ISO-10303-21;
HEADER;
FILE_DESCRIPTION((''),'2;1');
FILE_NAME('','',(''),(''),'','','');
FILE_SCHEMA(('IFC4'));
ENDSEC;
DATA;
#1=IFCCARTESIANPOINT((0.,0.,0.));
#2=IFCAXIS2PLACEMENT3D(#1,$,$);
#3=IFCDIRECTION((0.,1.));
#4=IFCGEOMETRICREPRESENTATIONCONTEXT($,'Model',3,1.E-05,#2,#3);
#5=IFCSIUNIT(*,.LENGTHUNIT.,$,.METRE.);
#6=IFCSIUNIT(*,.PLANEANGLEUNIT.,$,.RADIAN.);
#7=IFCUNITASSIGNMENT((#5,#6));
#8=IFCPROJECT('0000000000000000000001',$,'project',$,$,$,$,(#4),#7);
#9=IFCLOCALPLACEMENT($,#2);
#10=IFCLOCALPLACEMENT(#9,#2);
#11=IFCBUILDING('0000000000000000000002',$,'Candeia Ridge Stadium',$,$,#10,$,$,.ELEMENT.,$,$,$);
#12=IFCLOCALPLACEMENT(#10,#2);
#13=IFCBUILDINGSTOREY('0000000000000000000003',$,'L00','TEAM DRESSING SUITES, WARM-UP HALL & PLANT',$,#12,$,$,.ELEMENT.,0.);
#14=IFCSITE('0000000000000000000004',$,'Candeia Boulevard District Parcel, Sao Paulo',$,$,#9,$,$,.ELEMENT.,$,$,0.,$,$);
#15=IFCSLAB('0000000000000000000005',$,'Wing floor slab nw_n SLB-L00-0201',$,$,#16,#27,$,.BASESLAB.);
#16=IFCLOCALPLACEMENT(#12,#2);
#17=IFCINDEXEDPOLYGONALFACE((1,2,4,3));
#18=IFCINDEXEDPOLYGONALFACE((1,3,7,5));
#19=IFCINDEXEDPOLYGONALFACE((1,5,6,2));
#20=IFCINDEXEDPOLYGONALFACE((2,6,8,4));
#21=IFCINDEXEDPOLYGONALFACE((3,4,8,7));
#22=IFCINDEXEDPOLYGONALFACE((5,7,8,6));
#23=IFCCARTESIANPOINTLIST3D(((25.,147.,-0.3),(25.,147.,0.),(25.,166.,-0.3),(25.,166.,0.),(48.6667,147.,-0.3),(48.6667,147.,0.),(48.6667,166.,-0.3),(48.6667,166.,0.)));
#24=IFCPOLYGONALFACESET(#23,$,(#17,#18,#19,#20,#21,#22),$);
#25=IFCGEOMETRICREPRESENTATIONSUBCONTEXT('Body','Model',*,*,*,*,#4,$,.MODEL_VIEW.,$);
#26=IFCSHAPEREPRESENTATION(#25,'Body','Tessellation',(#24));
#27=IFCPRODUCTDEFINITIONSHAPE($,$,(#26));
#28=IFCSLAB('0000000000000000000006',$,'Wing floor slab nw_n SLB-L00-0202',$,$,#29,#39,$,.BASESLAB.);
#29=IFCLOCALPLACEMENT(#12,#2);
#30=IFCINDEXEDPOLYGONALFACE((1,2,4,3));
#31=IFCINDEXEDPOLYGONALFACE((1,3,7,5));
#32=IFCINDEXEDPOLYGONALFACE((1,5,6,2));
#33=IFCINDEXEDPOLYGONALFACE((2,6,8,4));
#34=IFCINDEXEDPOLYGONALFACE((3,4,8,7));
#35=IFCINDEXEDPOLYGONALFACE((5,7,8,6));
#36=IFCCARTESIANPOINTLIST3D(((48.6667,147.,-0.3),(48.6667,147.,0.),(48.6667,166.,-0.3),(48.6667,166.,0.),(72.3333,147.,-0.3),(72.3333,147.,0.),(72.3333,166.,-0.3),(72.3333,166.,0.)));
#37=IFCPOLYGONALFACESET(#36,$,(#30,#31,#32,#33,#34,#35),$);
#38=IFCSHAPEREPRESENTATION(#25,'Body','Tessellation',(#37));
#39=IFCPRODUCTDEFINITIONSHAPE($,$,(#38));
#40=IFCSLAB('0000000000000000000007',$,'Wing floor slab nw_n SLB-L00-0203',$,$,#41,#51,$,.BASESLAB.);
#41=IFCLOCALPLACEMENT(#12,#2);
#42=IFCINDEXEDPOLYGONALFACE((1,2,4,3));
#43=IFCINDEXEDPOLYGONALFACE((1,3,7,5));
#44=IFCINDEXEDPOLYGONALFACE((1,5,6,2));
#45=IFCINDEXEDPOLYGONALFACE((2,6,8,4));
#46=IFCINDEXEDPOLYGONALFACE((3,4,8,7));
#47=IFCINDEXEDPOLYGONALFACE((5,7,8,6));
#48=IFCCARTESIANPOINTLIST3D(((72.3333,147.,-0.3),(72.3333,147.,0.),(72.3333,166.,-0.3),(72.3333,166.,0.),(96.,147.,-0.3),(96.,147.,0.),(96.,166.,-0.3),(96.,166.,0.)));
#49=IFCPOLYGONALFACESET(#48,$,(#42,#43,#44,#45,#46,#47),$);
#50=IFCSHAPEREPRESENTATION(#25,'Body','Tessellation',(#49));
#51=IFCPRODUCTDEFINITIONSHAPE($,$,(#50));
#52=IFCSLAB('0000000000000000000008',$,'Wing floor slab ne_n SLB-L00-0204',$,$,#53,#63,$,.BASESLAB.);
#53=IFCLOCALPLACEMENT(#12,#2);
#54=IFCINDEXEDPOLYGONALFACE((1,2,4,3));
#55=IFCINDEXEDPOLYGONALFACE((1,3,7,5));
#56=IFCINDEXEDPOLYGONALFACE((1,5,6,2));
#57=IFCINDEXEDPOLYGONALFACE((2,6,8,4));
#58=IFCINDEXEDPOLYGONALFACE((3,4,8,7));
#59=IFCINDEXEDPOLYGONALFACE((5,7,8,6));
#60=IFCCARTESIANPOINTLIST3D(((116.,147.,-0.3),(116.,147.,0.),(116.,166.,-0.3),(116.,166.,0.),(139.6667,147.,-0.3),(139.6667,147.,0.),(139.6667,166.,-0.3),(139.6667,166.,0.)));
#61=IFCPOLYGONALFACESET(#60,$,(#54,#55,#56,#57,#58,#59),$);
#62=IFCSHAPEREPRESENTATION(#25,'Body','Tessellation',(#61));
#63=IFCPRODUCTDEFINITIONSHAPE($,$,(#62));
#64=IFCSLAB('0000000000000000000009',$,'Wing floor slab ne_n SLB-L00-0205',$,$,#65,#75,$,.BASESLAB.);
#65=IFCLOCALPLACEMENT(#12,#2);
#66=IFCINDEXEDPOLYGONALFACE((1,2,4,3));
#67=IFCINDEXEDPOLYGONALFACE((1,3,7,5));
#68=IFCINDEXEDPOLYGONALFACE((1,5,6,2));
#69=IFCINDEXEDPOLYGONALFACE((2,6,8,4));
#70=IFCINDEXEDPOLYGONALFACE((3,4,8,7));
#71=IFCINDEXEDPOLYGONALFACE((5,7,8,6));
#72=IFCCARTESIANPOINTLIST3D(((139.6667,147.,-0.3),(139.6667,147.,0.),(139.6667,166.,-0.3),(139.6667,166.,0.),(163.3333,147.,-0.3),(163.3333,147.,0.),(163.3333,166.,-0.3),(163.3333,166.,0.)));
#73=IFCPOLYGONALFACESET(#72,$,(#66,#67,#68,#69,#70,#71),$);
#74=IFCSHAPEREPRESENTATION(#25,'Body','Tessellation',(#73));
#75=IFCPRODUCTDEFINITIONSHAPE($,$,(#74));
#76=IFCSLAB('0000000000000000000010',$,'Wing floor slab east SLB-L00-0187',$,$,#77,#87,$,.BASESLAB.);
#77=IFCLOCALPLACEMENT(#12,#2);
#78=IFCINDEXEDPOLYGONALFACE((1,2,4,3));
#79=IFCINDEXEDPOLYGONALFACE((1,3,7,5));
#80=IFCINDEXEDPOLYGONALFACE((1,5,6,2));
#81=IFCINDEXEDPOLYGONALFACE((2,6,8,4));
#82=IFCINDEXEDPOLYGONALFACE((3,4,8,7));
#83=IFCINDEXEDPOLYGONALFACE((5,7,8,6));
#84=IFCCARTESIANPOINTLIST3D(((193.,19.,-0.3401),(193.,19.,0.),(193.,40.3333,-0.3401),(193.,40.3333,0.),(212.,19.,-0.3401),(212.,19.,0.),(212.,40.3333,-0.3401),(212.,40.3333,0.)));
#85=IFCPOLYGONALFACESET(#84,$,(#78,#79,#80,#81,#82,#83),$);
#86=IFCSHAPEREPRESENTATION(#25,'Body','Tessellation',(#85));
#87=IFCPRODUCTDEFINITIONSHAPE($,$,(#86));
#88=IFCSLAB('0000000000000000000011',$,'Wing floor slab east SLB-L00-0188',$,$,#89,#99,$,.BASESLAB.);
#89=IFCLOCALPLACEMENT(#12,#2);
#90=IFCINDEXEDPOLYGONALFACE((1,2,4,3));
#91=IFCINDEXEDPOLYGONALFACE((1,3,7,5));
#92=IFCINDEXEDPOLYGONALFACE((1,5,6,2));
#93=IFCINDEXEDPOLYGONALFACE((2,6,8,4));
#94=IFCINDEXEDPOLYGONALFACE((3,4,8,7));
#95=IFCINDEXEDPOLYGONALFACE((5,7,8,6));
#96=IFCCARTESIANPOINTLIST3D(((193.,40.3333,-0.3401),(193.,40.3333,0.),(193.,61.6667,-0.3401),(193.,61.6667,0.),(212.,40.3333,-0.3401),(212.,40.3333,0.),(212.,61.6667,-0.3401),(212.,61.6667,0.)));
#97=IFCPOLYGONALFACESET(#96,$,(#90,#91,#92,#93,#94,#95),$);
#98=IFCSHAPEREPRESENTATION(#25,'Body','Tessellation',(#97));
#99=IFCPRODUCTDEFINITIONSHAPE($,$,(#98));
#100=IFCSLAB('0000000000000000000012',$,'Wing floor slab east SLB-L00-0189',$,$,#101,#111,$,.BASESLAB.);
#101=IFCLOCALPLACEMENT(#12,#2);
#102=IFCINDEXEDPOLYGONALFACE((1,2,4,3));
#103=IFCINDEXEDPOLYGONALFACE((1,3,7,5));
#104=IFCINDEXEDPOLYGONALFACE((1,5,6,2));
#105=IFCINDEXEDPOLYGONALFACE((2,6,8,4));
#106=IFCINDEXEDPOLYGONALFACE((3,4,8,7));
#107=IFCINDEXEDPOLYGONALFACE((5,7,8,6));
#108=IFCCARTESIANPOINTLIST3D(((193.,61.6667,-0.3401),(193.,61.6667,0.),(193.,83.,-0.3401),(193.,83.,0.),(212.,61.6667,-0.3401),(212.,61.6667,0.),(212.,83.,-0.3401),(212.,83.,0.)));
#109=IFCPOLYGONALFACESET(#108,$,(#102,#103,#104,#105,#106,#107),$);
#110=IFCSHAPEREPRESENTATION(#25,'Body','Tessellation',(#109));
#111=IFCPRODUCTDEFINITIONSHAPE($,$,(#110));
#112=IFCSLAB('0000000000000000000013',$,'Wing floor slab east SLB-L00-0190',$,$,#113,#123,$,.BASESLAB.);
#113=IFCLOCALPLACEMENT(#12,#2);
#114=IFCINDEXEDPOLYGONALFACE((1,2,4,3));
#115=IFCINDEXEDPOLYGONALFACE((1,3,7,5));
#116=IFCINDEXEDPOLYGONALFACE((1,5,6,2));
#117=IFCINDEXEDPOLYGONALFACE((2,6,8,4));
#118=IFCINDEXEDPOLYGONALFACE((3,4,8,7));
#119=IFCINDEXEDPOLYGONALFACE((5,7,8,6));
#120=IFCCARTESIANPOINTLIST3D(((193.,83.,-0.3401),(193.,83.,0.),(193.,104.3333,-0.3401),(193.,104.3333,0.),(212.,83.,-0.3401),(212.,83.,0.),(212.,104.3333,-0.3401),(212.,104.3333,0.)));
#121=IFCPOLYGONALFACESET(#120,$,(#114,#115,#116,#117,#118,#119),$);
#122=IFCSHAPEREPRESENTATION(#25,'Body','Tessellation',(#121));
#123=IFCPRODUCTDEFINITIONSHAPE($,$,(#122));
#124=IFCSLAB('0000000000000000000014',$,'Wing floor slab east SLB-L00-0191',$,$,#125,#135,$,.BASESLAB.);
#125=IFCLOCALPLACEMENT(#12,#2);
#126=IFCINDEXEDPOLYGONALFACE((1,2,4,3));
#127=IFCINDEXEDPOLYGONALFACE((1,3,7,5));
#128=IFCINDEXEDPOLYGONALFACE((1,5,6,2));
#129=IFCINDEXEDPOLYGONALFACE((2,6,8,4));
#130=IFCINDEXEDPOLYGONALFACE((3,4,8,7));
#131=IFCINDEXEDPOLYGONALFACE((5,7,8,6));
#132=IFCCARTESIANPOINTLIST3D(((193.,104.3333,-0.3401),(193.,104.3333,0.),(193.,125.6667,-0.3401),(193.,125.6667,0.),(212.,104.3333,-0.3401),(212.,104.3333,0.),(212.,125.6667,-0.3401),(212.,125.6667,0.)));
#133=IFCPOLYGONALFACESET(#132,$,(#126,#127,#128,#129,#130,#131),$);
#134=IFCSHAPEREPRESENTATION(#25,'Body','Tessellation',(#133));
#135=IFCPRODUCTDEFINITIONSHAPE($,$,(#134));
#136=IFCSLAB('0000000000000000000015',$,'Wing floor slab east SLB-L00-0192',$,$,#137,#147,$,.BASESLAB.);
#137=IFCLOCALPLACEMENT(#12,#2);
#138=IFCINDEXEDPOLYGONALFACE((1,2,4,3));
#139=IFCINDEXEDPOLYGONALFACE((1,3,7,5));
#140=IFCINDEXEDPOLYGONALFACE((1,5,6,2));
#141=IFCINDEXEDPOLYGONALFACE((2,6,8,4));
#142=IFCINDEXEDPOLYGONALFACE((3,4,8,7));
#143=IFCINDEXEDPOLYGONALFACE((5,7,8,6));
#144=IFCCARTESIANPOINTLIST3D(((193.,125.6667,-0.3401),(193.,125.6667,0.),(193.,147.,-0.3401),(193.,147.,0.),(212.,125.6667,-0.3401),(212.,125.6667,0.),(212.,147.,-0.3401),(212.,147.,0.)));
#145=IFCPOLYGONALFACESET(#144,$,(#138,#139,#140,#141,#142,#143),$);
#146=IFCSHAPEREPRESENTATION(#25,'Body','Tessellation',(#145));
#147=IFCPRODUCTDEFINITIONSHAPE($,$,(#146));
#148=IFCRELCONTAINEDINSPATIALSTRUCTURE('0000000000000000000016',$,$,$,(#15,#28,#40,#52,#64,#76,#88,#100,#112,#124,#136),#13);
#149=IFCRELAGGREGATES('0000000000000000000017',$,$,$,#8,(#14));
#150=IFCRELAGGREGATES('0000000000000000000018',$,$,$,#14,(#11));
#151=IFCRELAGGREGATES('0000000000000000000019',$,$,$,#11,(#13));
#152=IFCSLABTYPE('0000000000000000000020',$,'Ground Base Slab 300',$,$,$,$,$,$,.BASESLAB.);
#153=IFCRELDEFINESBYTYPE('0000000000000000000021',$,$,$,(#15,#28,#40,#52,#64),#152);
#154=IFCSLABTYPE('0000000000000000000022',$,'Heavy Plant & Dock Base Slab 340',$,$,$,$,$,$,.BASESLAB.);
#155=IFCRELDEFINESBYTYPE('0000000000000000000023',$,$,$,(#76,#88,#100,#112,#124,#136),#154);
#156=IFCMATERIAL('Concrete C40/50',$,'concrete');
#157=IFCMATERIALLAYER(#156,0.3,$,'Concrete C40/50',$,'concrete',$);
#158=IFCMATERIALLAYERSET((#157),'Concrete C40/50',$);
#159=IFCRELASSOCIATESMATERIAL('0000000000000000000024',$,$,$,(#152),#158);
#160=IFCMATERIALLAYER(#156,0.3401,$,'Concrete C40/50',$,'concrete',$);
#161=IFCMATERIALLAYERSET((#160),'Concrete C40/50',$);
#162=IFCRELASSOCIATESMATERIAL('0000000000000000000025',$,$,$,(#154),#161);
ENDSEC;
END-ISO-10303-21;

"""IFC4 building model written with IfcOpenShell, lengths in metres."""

from ifc_helpers import new_model, si_unit, direction, frame, origin, place, context, subcontext, project, spatial, polyline, outline, extrude, material, layer, layer_set, type_object, element, save


model = new_model("IFC4")

# Units and contexts
model_context = context("Model", 3, precision=1e-05, world=origin(), true_north=direction((0.0, 1.0)))
body_context = subcontext(model_context, "Body", "Model", "MODEL_VIEW")
ifc_project = project(units=[si_unit("LENGTHUNIT", "METRE"), si_unit("PLANEANGLEUNIT", "RADIAN")], contexts=[model_context])

# Site, building, storey
site_placement = place(None, origin())
site = spatial("IfcSite", under=ifc_project, at=site_placement, Name="Candeia Boulevard District Parcel, Sao Paulo", CompositionType="ELEMENT", RefElevation=0.0)
building_placement = place(site_placement, origin())
building = spatial("IfcBuilding", under=site, at=building_placement, Name="Candeia Ridge Stadium", CompositionType="ELEMENT")
storey_placement = place(building_placement, origin())
storey = spatial("IfcBuildingStorey", under=building, at=storey_placement, Name="L00", Description="TEAM DRESSING SUITES, WARM-UP HALL & PLANT", CompositionType="ELEMENT", Elevation=0.0)

# Slabs
ifc_material = material(Name="Concrete C40/50", Category="concrete")
ifc_layer_1 = layer(ifc_material, 0.3, Name="Concrete C40/50", Category="concrete")
ifc_layer_set_1 = layer_set([ifc_layer_1], Name="Concrete C40/50")
slab_type_1 = type_object("IfcSlabType", Name="Ground Base Slab 300", PredefinedType="BASESLAB", material=ifc_layer_set_1)
slab_1_placement = place(storey_placement, frame((0.0, 0.0, -0.3)))
element("IfcSlab", 1, at=slab_1_placement, inside=storey, type_object=slab_type_1, Name="Wing floor slab nw_n SLB-L00-0201", PredefinedType="BASESLAB", context=body_context, shape_type="SweptSolid", body=[
    extrude(outline(polyline([(48.6667, 147.0), (48.6667, 166.0), (25.0, 166.0), (25.0, 147.0), (48.6667, 147.0)])), origin(), (0.0, 0.0, 1.0), 0.3),
])
slab_2_placement = place(storey_placement, frame((0.0, 0.0, -0.3)))
element("IfcSlab", 2, at=slab_2_placement, inside=storey, type_object=slab_type_1, Name="Wing floor slab nw_n SLB-L00-0202", PredefinedType="BASESLAB", context=body_context, shape_type="SweptSolid", body=[
    extrude(outline(polyline([(72.3333, 147.0), (72.3333, 166.0), (48.6667, 166.0), (48.6667, 147.0), (72.3333, 147.0)])), origin(), (0.0, 0.0, 1.0), 0.3),
])
slab_3_placement = place(storey_placement, frame((0.0, 0.0, -0.3)))
element("IfcSlab", 3, at=slab_3_placement, inside=storey, type_object=slab_type_1, Name="Wing floor slab nw_n SLB-L00-0203", PredefinedType="BASESLAB", context=body_context, shape_type="SweptSolid", body=[
    extrude(outline(polyline([(96.0, 147.0), (96.0, 166.0), (72.3333, 166.0), (72.3333, 147.0), (96.0, 147.0)])), origin(), (0.0, 0.0, 1.0), 0.3),
])
slab_4_placement = place(storey_placement, frame((0.0, 0.0, -0.3)))
element("IfcSlab", 4, at=slab_4_placement, inside=storey, type_object=slab_type_1, Name="Wing floor slab ne_n SLB-L00-0204", PredefinedType="BASESLAB", context=body_context, shape_type="SweptSolid", body=[
    extrude(outline(polyline([(139.6667, 147.0), (139.6667, 166.0), (116.0, 166.0), (116.0, 147.0), (139.6667, 147.0)])), origin(), (0.0, 0.0, 1.0), 0.3),
])
slab_5_placement = place(storey_placement, frame((0.0, 0.0, -0.3)))
element("IfcSlab", 5, at=slab_5_placement, inside=storey, type_object=slab_type_1, Name="Wing floor slab ne_n SLB-L00-0205", PredefinedType="BASESLAB", context=body_context, shape_type="SweptSolid", body=[
    extrude(outline(polyline([(163.3333, 147.0), (163.3333, 166.0), (139.6667, 166.0), (139.6667, 147.0), (163.3333, 147.0)])), origin(), (0.0, 0.0, 1.0), 0.3),
])
ifc_layer_2 = layer(ifc_material, 0.3401, Name="Concrete C40/50", Category="concrete")
ifc_layer_set_2 = layer_set([ifc_layer_2], Name="Concrete C40/50")
slab_type_2 = type_object("IfcSlabType", Name="Heavy Plant & Dock Base Slab 340", PredefinedType="BASESLAB", material=ifc_layer_set_2)
slab_6_placement = place(storey_placement, frame((0.0, 0.0, -0.3401)))
element("IfcSlab", 6, at=slab_6_placement, inside=storey, type_object=slab_type_2, Name="Wing floor slab east SLB-L00-0187", PredefinedType="BASESLAB", context=body_context, shape_type="SweptSolid", body=[
    extrude(outline(polyline([(212.0, 19.0), (212.0, 40.3333), (193.0, 40.3333), (193.0, 19.0), (212.0, 19.0)])), origin(), (0.0, 0.0, 1.0), 0.3401),
])
slab_7_placement = place(storey_placement, frame((0.0, 0.0, -0.3401)))
element("IfcSlab", 7, at=slab_7_placement, inside=storey, type_object=slab_type_2, Name="Wing floor slab east SLB-L00-0188", PredefinedType="BASESLAB", context=body_context, shape_type="SweptSolid", body=[
    extrude(outline(polyline([(212.0, 40.3333), (212.0, 61.6667), (193.0, 61.6667), (193.0, 40.3333), (212.0, 40.3333)])), origin(), (0.0, 0.0, 1.0), 0.3401),
])
slab_8_placement = place(storey_placement, frame((0.0, 0.0, -0.3401)))
element("IfcSlab", 8, at=slab_8_placement, inside=storey, type_object=slab_type_2, Name="Wing floor slab east SLB-L00-0189", PredefinedType="BASESLAB", context=body_context, shape_type="SweptSolid", body=[
    extrude(outline(polyline([(212.0, 61.6667), (212.0, 83.0), (193.0, 83.0), (193.0, 61.6667), (212.0, 61.6667)])), origin(), (0.0, 0.0, 1.0), 0.3401),
])
slab_9_placement = place(storey_placement, frame((0.0, 0.0, -0.3401)))
element("IfcSlab", 9, at=slab_9_placement, inside=storey, type_object=slab_type_2, Name="Wing floor slab east SLB-L00-0190", PredefinedType="BASESLAB", context=body_context, shape_type="SweptSolid", body=[
    extrude(outline(polyline([(212.0, 83.0), (212.0, 104.3333), (193.0, 104.3333), (193.0, 83.0), (212.0, 83.0)])), origin(), (0.0, 0.0, 1.0), 0.3401),
])
slab_10_placement = place(storey_placement, frame((0.0, 0.0, -0.3401)))
element("IfcSlab", 10, at=slab_10_placement, inside=storey, type_object=slab_type_2, Name="Wing floor slab east SLB-L00-0191", PredefinedType="BASESLAB", context=body_context, shape_type="SweptSolid", body=[
    extrude(outline(polyline([(212.0, 104.3333), (212.0, 125.6667), (193.0, 125.6667), (193.0, 104.3333), (212.0, 104.3333)])), origin(), (0.0, 0.0, 1.0), 0.3401),
])
slab_11_placement = place(storey_placement, frame((0.0, 0.0, -0.3401)))
element("IfcSlab", 11, at=slab_11_placement, inside=storey, type_object=slab_type_2, Name="Wing floor slab east SLB-L00-0192", PredefinedType="BASESLAB", context=body_context, shape_type="SweptSolid", body=[
    extrude(outline(polyline([(212.0, 125.6667), (212.0, 147.0), (193.0, 147.0), (193.0, 125.6667), (212.0, 125.6667)])), origin(), (0.0, 0.0, 1.0), 0.3401),
])

save(model, "model.ifc")
